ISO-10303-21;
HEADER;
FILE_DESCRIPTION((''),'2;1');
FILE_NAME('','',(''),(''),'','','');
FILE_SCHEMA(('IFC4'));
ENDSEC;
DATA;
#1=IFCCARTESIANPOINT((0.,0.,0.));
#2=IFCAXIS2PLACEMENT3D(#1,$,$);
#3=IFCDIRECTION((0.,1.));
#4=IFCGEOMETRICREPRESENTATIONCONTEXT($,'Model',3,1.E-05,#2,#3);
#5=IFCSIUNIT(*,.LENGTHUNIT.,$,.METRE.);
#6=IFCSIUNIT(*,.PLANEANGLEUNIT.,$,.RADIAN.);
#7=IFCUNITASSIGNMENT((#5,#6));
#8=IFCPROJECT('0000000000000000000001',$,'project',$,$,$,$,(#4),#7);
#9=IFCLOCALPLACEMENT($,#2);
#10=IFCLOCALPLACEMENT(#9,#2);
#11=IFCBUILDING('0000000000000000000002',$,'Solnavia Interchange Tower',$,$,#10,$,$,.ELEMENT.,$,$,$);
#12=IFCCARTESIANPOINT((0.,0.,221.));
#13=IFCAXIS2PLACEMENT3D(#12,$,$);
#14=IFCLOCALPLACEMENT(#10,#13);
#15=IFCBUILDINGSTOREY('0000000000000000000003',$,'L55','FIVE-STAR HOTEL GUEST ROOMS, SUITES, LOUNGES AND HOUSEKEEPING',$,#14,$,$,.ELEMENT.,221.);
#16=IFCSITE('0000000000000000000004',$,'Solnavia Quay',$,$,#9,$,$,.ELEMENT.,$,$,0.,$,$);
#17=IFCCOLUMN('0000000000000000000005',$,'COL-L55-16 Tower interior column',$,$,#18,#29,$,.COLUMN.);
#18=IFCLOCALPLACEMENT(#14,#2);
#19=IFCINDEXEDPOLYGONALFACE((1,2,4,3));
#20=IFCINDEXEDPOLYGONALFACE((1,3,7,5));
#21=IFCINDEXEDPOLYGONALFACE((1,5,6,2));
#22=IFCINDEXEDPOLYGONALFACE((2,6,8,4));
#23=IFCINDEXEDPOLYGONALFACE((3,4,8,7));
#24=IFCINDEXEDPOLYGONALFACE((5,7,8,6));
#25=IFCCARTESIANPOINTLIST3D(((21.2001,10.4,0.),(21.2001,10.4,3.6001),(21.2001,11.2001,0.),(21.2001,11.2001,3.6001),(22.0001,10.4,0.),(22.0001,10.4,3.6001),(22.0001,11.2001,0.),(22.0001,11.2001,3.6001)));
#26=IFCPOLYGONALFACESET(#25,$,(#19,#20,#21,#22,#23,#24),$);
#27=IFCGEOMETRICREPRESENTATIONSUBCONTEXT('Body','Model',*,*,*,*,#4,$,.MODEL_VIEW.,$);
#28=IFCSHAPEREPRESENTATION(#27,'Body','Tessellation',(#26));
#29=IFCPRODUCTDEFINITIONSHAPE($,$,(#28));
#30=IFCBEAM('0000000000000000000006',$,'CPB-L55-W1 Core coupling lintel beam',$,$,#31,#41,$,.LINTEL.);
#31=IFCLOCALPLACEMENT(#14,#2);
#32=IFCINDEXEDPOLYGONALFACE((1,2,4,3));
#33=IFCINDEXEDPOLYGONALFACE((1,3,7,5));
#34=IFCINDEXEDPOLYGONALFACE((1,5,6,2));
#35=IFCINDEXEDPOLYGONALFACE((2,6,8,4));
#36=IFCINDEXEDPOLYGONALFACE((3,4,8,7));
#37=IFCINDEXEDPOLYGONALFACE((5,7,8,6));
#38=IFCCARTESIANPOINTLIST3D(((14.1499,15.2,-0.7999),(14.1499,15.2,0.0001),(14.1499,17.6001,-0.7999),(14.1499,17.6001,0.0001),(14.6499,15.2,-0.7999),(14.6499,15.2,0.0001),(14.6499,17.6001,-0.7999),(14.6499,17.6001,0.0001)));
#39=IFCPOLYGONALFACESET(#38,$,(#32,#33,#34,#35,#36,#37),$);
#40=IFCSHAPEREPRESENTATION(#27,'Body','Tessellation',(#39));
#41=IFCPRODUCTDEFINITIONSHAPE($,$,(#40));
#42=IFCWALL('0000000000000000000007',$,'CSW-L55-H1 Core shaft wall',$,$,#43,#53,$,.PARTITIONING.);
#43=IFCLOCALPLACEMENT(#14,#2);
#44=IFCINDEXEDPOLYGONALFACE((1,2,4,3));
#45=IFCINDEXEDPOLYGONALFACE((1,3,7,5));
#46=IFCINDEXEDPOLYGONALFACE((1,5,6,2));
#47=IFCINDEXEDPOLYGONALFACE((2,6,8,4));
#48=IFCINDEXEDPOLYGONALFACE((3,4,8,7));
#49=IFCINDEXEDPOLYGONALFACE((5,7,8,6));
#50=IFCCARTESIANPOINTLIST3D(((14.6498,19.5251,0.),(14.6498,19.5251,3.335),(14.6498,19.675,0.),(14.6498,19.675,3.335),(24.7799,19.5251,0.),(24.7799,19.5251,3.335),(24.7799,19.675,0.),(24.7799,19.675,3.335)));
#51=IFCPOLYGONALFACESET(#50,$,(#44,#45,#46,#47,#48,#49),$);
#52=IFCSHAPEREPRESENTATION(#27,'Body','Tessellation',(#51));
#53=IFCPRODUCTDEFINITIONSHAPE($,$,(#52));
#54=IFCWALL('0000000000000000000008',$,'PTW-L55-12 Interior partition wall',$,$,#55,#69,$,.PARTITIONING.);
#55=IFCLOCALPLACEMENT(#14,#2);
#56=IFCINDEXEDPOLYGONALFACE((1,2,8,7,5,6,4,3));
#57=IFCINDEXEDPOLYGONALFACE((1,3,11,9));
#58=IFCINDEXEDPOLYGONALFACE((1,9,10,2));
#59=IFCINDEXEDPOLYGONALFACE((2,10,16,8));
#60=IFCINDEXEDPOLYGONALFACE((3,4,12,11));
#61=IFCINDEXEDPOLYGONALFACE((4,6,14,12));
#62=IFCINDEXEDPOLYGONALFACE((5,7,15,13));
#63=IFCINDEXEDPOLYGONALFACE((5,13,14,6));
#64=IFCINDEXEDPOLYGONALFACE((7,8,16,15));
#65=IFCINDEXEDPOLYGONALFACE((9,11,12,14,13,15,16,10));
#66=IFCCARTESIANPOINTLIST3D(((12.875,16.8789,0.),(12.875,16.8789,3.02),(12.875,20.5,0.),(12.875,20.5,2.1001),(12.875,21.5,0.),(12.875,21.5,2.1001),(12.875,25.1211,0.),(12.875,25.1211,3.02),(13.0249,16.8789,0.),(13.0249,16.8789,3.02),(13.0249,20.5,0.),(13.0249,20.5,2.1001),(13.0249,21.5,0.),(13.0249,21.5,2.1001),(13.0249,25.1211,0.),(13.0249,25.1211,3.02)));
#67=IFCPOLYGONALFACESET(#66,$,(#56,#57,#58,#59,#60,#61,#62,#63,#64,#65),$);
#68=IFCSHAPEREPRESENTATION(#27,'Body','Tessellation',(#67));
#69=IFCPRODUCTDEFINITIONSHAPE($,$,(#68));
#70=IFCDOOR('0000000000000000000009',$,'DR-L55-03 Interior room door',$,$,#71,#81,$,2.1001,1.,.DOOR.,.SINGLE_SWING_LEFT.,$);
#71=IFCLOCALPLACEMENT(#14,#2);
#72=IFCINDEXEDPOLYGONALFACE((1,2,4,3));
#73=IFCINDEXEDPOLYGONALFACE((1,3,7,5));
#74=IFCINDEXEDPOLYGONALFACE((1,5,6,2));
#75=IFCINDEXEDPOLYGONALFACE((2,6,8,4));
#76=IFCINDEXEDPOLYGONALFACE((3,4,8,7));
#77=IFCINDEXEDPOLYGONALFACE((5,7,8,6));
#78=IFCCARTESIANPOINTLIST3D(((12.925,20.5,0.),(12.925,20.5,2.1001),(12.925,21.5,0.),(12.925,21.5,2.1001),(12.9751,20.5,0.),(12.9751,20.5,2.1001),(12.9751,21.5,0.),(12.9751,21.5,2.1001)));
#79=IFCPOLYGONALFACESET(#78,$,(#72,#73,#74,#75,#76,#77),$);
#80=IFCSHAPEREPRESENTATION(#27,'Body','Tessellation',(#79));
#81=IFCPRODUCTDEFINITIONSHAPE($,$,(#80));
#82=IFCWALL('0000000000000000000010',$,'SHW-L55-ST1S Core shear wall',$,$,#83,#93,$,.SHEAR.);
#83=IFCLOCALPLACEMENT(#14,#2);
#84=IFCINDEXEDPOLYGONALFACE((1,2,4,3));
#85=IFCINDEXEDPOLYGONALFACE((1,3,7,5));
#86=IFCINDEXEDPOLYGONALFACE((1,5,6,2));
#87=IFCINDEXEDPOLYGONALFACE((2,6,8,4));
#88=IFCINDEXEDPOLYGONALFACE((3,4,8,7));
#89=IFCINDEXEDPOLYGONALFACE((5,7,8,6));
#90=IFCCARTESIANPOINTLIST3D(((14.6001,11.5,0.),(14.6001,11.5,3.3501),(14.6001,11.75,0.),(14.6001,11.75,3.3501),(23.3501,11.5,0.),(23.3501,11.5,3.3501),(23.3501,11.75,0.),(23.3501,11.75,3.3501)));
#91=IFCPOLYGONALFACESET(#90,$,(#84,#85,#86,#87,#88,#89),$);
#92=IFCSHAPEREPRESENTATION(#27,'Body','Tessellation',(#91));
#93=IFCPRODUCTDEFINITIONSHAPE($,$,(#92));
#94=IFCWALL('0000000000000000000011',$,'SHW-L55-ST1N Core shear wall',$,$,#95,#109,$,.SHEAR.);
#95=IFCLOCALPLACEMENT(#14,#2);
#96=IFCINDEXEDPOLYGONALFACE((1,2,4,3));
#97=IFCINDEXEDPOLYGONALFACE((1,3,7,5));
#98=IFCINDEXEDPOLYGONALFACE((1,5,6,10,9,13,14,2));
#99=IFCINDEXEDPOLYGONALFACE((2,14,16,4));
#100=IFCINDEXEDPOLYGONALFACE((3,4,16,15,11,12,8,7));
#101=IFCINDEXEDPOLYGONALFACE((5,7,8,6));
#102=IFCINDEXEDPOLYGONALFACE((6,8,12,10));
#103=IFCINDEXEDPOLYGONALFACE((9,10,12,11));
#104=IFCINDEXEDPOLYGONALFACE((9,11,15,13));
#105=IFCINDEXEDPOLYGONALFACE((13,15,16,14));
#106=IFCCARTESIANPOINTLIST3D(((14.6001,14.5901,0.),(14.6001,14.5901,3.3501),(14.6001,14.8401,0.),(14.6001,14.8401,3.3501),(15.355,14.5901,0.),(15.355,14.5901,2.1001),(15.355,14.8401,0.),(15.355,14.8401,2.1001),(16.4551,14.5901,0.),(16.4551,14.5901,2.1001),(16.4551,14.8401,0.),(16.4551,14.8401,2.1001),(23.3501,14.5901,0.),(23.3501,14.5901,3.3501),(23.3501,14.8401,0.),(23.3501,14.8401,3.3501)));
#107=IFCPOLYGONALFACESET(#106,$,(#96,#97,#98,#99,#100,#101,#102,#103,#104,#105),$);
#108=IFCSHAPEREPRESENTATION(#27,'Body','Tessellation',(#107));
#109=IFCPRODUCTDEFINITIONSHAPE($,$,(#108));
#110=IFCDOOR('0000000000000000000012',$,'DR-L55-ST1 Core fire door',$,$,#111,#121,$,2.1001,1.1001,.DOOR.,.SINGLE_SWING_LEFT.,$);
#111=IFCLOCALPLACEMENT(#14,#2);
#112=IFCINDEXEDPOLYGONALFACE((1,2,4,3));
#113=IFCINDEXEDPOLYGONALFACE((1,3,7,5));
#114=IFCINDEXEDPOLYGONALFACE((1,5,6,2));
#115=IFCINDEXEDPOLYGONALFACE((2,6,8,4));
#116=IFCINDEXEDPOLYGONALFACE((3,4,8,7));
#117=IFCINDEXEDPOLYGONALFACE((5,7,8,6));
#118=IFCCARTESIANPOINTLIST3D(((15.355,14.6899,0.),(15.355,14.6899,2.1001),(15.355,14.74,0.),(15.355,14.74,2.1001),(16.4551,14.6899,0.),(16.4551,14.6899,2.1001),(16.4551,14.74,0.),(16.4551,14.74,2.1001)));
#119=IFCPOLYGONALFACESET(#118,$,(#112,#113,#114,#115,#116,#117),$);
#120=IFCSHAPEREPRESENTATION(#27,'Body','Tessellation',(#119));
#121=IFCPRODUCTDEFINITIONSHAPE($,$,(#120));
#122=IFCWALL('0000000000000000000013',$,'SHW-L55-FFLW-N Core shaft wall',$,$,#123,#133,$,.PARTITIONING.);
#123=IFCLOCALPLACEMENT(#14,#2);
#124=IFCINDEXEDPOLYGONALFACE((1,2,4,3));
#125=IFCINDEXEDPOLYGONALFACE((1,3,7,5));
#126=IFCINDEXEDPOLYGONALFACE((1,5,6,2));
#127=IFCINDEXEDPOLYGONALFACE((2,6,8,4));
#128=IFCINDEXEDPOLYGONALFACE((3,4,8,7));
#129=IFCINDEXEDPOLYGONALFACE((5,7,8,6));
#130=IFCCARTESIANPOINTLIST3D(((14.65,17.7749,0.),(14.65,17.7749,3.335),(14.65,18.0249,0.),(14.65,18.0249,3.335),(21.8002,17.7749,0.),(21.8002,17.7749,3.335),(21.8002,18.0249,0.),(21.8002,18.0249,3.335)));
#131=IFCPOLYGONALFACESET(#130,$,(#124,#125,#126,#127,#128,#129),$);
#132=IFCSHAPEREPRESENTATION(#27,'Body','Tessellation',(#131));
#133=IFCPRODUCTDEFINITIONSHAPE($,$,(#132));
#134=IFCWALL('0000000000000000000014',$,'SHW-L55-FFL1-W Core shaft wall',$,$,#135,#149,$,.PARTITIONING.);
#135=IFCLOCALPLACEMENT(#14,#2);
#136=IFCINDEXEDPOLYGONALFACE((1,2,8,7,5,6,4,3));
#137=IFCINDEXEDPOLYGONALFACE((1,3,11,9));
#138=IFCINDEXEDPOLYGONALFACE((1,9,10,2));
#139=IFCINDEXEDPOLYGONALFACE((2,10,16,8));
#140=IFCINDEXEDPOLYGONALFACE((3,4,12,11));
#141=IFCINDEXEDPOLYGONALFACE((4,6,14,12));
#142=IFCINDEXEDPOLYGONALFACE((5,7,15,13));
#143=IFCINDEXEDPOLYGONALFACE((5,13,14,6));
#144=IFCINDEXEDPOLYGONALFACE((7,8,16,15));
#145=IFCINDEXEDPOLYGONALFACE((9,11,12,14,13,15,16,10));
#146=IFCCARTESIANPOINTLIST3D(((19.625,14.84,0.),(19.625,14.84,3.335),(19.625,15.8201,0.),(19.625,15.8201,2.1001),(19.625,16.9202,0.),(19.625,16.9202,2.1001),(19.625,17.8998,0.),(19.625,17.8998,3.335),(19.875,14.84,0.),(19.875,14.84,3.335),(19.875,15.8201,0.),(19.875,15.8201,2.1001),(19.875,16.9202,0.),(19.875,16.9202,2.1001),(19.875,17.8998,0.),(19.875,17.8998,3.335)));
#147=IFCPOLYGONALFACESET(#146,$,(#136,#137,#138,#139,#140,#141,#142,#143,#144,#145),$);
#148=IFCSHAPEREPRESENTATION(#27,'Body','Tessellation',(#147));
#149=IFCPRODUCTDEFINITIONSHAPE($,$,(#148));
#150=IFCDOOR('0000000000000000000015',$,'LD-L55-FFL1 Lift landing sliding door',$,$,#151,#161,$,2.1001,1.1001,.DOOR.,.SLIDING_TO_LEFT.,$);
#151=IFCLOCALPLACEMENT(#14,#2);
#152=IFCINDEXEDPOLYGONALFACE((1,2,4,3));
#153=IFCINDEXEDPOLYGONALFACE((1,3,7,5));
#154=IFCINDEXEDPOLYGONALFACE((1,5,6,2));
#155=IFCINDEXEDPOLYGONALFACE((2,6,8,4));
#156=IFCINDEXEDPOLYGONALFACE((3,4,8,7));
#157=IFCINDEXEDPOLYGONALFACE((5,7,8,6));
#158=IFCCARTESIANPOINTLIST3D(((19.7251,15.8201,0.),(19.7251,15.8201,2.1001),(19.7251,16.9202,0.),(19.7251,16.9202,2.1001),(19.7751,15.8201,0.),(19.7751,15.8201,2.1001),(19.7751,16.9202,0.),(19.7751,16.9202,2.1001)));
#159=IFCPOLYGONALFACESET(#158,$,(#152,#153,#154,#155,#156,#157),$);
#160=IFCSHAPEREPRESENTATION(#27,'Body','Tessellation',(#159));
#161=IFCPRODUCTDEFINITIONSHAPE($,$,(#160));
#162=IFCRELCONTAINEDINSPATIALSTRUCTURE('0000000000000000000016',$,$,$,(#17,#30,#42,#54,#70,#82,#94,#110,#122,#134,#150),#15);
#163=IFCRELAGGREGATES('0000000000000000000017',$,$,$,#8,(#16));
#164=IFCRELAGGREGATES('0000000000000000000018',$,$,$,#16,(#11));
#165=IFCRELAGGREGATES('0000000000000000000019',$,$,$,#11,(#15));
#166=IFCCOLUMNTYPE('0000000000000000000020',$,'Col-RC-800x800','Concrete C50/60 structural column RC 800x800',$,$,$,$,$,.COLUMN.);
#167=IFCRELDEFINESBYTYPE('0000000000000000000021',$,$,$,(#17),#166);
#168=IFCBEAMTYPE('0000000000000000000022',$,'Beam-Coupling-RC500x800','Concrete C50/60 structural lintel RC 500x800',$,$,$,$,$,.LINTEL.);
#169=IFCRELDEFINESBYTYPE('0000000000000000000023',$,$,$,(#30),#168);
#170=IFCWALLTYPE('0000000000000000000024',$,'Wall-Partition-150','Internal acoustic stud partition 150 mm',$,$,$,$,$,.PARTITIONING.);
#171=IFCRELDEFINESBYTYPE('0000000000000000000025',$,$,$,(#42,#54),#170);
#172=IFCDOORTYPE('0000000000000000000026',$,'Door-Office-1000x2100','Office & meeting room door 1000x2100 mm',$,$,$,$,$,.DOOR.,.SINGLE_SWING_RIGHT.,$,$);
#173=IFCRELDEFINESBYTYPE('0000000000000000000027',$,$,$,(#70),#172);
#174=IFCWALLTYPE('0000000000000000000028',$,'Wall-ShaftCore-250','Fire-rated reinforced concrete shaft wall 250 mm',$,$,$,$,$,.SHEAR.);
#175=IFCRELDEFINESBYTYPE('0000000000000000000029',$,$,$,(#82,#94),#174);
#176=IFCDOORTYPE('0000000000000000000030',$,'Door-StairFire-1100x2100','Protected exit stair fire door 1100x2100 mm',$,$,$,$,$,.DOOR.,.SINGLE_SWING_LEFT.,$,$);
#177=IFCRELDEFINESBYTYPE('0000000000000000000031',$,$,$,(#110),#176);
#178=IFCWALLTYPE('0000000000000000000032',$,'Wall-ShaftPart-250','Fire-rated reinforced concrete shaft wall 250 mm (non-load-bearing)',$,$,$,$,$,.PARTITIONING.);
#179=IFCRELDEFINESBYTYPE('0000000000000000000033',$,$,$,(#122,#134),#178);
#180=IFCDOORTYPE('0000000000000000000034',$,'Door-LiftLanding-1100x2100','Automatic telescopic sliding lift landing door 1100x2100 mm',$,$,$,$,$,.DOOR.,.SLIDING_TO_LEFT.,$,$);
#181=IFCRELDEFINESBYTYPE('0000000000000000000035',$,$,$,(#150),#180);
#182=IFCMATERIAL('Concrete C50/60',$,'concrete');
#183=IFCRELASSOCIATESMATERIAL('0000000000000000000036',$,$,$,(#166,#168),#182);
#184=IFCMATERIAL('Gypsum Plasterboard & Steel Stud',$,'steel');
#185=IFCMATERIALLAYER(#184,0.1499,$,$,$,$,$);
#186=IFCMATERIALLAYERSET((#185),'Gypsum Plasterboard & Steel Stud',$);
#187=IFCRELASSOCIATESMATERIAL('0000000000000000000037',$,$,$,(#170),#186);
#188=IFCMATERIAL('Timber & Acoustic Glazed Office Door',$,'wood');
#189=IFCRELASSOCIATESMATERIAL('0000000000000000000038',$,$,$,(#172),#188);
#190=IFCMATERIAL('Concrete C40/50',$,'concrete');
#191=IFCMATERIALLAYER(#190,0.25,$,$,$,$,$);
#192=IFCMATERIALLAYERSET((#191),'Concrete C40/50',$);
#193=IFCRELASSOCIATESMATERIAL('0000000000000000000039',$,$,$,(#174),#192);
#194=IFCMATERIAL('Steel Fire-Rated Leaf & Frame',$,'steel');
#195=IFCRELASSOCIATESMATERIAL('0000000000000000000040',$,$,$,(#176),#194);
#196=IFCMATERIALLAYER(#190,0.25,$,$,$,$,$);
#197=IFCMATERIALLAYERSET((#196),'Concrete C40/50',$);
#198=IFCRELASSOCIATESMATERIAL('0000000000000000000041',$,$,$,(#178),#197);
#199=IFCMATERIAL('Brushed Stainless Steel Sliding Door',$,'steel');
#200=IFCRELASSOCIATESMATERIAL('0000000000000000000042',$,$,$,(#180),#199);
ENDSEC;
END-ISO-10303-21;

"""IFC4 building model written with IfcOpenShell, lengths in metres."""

from ifc_helpers import new_model, si_unit, direction, frame, frame_2d, origin, origin_2d, place, context, subcontext, project, spatial, rectangle, extrude, material, layer, layer_set, material_profile, profile_set, type_object, element, fill, save


model = new_model("IFC4")

# Units and contexts
model_context = context("Model", 3, precision=1e-05, world=origin(), true_north=direction((0.0, 1.0)))
body_context = subcontext(model_context, "Body", "Model", "MODEL_VIEW")
ifc_project = project(units=[si_unit("LENGTHUNIT", "METRE"), si_unit("PLANEANGLEUNIT", "RADIAN")], contexts=[model_context])

# Site, building, storey
site_placement = place(None, origin())
site = spatial("IfcSite", under=ifc_project, at=site_placement, Name="Solnavia Quay", CompositionType="ELEMENT", RefElevation=0.0)
building_placement = place(site_placement, origin())
building = spatial("IfcBuilding", under=site, at=building_placement, Name="Solnavia Interchange Tower", CompositionType="ELEMENT")
storey_placement = place(building_placement, frame((0.0, 0.0, 221.0)))
storey = spatial("IfcBuildingStorey", under=building, at=storey_placement, Name="L55", Description="FIVE-STAR HOTEL GUEST ROOMS, SUITES, LOUNGES AND HOUSEKEEPING", CompositionType="ELEMENT", Elevation=221.0)

# Column
ifc_material_1 = material(Name="Concrete C50/60", Category="concrete")
ifc_material_profile_1 = material_profile(ifc_material_1, rectangle(XDim=0.8, YDim=0.8, at=origin_2d()), Name="RC 800x800")
ifc_profile_set_1 = profile_set([ifc_material_profile_1], Name="Concrete C50/60")
column_type = type_object("IfcColumnType", Name="Col-RC-800x800", Description="Concrete C50/60 structural column RC 800x800", PredefinedType="COLUMN", material=ifc_profile_set_1)
column_placement = place(storey_placement, frame((21.6001, 10.8, 0.0), z_axis=(0.0, 0.0, 1.0), x_axis=(1.0, 0.0, 0.0)))
element("IfcColumn", 1, at=column_placement, inside=storey, type_object=column_type, Name="COL-L55-16 Tower interior column", PredefinedType="COLUMN", context=body_context, shape_type="SweptSolid", body=[
    extrude(rectangle(XDim=0.8, YDim=0.8, at=origin_2d()), origin(), (0.0, 0.0, 1.0), 3.6001),
])

# Beam
ifc_material_profile_2 = material_profile(ifc_material_1, rectangle(XDim=0.5, YDim=0.8, at=origin_2d()), Name="RC 500x800")
ifc_profile_set_2 = profile_set([ifc_material_profile_2], Name="Concrete C50/60")
beam_type = type_object("IfcBeamType", Name="Beam-Coupling-RC500x800", Description="Concrete C50/60 structural lintel RC 500x800", PredefinedType="LINTEL", material=ifc_profile_set_2)
beam_placement = place(storey_placement, frame((14.3999, 15.2, -0.3999), z_axis=(0.0, 1.0, 0.0), x_axis=(-1.0, 0.0, 0.0)))
element("IfcBeam", 2, at=beam_placement, inside=storey, type_object=beam_type, Name="CPB-L55-W1 Core coupling lintel beam", PredefinedType="LINTEL", context=body_context, shape_type="SweptSolid", body=[
    extrude(rectangle(XDim=0.5, YDim=0.8, at=origin_2d()), origin(), (0.0, 0.0, 1.0), 2.4001),
])

# Wall
ifc_material_2 = material(Name="Gypsum Plasterboard & Steel Stud", Category="steel")
ifc_layer_1 = layer(ifc_material_2, 0.1499)
ifc_layer_set_1 = layer_set([ifc_layer_1], Name="Gypsum Plasterboard & Steel Stud")
wall_type_1 = type_object("IfcWallType", Name="Wall-Partition-150", Description="Internal acoustic stud partition 150 mm", PredefinedType="PARTITIONING", material=ifc_layer_set_1)
wall_1_placement = place(storey_placement, frame((14.6499, 19.6001, 0.0), z_axis=(0.0, 0.0, 1.0), x_axis=(1.0, 0.0, 0.0)))
element("IfcWall", 3, at=wall_1_placement, inside=storey, type_object=wall_type_1, Name="CSW-L55-H1 Core shaft wall", PredefinedType="PARTITIONING", context=body_context, shape_type="SweptSolid", body=[
    extrude(rectangle(XDim=10.1301, YDim=0.1499, at=frame_2d((5.0649, 0.0))), origin(), (0.0, 0.0, 1.0), 3.335),
])

# Wall, opening, door
wall_2_placement = place(storey_placement, frame((12.95, 16.8789, 0.0), z_axis=(0.0, 0.0, 1.0), x_axis=(0.0, 1.0, 0.0)))
wall_2 = element("IfcWall", 4, at=wall_2_placement, inside=storey, type_object=wall_type_1, Name="PTW-L55-12 Interior partition wall", PredefinedType="PARTITIONING", context=body_context, shape_type="SweptSolid", body=[
    extrude(rectangle(XDim=8.2422, YDim=0.1499, at=frame_2d((4.1211, 0.0))), origin(), (0.0, 0.0, 1.0), 3.02),
])
opening_1_placement = place(wall_2_placement, frame((3.6211, 0.0, 0.0)))
opening_1 = element("IfcOpeningElement", 5, at=opening_1_placement, cuts=wall_2, PredefinedType="OPENING", context=body_context, shape_type="SweptSolid", body=[
    extrude(rectangle(XDim=1.0, YDim=2.1001, at=frame_2d((0.5, 1.05))), frame((0.0, 0.085, 0.0), z_axis=(0.0, -1.0, 0.0), x_axis=(1.0, 0.0, 0.0)), (0.0, 0.0, 1.0), 0.1699),
])
ifc_material_3 = material(Name="Timber & Acoustic Glazed Office Door", Category="wood")
door_type_1 = type_object("IfcDoorType", Name="Door-Office-1000x2100", Description="Office & meeting room door 1000x2100 mm", OperationType="SINGLE_SWING_RIGHT", PredefinedType="DOOR", material=ifc_material_3)
door_1_placement = place(opening_1_placement, origin())
door_1 = element("IfcDoor", 6, at=door_1_placement, inside=storey, type_object=door_type_1, Name="DR-L55-03 Interior room door", OperationType="SINGLE_SWING_LEFT", OverallHeight=2.1001, OverallWidth=1.0, PredefinedType="DOOR", context=body_context, shape_type="SweptSolid", body=[
    extrude(rectangle(XDim=1.0, YDim=2.1001, at=frame_2d((0.5, 1.05))), frame((0.0, 0.0249, 0.0), z_axis=(0.0, -1.0, 0.0), x_axis=(1.0, 0.0, 0.0)), (0.0, 0.0, 1.0), 0.05),
])
fill(opening_1, door_1)

# Wall
ifc_material_4 = material(Name="Concrete C40/50", Category="concrete")
ifc_layer_2 = layer(ifc_material_4, 0.25)
ifc_layer_set_2 = layer_set([ifc_layer_2], Name="Concrete C40/50")
wall_type_2 = type_object("IfcWallType", Name="Wall-ShaftCore-250", Description="Fire-rated reinforced concrete shaft wall 250 mm", PredefinedType="SHEAR", material=ifc_layer_set_2)
wall_3_placement = place(storey_placement, frame((14.6001, 11.625, 0.0), z_axis=(0.0, 0.0, 1.0), x_axis=(1.0, 0.0, 0.0)))
element("IfcWall", 7, at=wall_3_placement, inside=storey, type_object=wall_type_2, Name="SHW-L55-ST1S Core shear wall", PredefinedType="SHEAR", context=body_context, shape_type="SweptSolid", body=[
    extrude(rectangle(XDim=8.75, YDim=0.25, at=frame_2d((4.375, 0.0))), origin(), (0.0, 0.0, 1.0), 3.3501),
])

# Wall, opening, door
wall_4_placement = place(storey_placement, frame((14.6001, 14.7151, 0.0), z_axis=(0.0, 0.0, 1.0), x_axis=(1.0, 0.0, 0.0)))
wall_4 = element("IfcWall", 8, at=wall_4_placement, inside=storey, type_object=wall_type_2, Name="SHW-L55-ST1N Core shear wall", PredefinedType="SHEAR", context=body_context, shape_type="SweptSolid", body=[
    extrude(rectangle(XDim=8.75, YDim=0.25, at=frame_2d((4.375, 0.0))), origin(), (0.0, 0.0, 1.0), 3.3501),
])
opening_2_placement = place(wall_4_placement, frame((0.7549, 0.0, 0.0)))
opening_2 = element("IfcOpeningElement", 9, at=opening_2_placement, cuts=wall_4, PredefinedType="OPENING", context=body_context, shape_type="SweptSolid", body=[
    extrude(rectangle(XDim=1.1001, YDim=2.1001, at=frame_2d((0.55, 1.05))), frame((0.0, 0.135, 0.0), z_axis=(0.0, -1.0, 0.0), x_axis=(1.0, 0.0, 0.0)), (0.0, 0.0, 1.0), 0.27),
])
ifc_material_5 = material(Name="Steel Fire-Rated Leaf & Frame", Category="steel")
door_type_2 = type_object("IfcDoorType", Name="Door-StairFire-1100x2100", Description="Protected exit stair fire door 1100x2100 mm", OperationType="SINGLE_SWING_LEFT", PredefinedType="DOOR", material=ifc_material_5)
door_2_placement = place(opening_2_placement, origin())
door_2 = element("IfcDoor", 10, at=door_2_placement, inside=storey, type_object=door_type_2, Name="DR-L55-ST1 Core fire door", OperationType="SINGLE_SWING_LEFT", OverallHeight=2.1001, OverallWidth=1.1001, PredefinedType="DOOR", context=body_context, shape_type="SweptSolid", body=[
    extrude(rectangle(XDim=1.1001, YDim=2.1001, at=frame_2d((0.55, 1.05))), frame((0.0, 0.0249, 0.0), z_axis=(0.0, -1.0, 0.0), x_axis=(1.0, 0.0, 0.0)), (0.0, 0.0, 1.0), 0.05),
])
fill(opening_2, door_2)

# Wall
ifc_layer_3 = layer(ifc_material_4, 0.25)
ifc_layer_set_3 = layer_set([ifc_layer_3], Name="Concrete C40/50")
wall_type_3 = type_object("IfcWallType", Name="Wall-ShaftPart-250", Description="Fire-rated reinforced concrete shaft wall 250 mm (non-load-bearing)", PredefinedType="PARTITIONING", material=ifc_layer_set_3)
wall_5_placement = place(storey_placement, frame((14.6499, 17.8999, 0.0), z_axis=(0.0, 0.0, 1.0), x_axis=(1.0, 0.0, 0.0)))
element("IfcWall", 11, at=wall_5_placement, inside=storey, type_object=wall_type_3, Name="SHW-L55-FFLW-N Core shaft wall", PredefinedType="PARTITIONING", context=body_context, shape_type="SweptSolid", body=[
    extrude(rectangle(XDim=7.1501, YDim=0.25, at=frame_2d((3.5752, 0.0))), origin(), (0.0, 0.0, 1.0), 3.335),
])

# Wall, opening, door
wall_6_placement = place(storey_placement, frame((19.75, 14.8401, 0.0), z_axis=(0.0, 0.0, 1.0), x_axis=(0.0, 1.0, 0.0)))
wall_6 = element("IfcWall", 12, at=wall_6_placement, inside=storey, type_object=wall_type_3, Name="SHW-L55-FFL1-W Core shaft wall", PredefinedType="PARTITIONING", context=body_context, shape_type="SweptSolid", body=[
    extrude(rectangle(XDim=3.0598, YDim=0.25, at=frame_2d((1.5298, 0.0))), origin(), (0.0, 0.0, 1.0), 3.335),
])
opening_3_placement = place(wall_6_placement, frame((0.98, 0.0, 0.0)))
opening_3 = element("IfcOpeningElement", 13, at=opening_3_placement, cuts=wall_6, PredefinedType="OPENING", context=body_context, shape_type="SweptSolid", body=[
    extrude(rectangle(XDim=1.1001, YDim=2.1001, at=frame_2d((0.55, 1.05))), frame((0.0, 0.135, 0.0), z_axis=(0.0, -1.0, 0.0), x_axis=(1.0, 0.0, 0.0)), (0.0, 0.0, 1.0), 0.27),
])
ifc_material_6 = material(Name="Brushed Stainless Steel Sliding Door", Category="steel")
door_type_3 = type_object("IfcDoorType", Name="Door-LiftLanding-1100x2100", Description="Automatic telescopic sliding lift landing door 1100x2100 mm", OperationType="SLIDING_TO_LEFT", PredefinedType="DOOR", material=ifc_material_6)
door_3_placement = place(opening_3_placement, origin())
door_3 = element("IfcDoor", 14, at=door_3_placement, inside=storey, type_object=door_type_3, Name="LD-L55-FFL1 Lift landing sliding door", OperationType="SLIDING_TO_LEFT", OverallHeight=2.1001, OverallWidth=1.1001, PredefinedType="DOOR", context=body_context, shape_type="SweptSolid", body=[
    extrude(rectangle(XDim=1.1001, YDim=2.1001, at=frame_2d((0.55, 1.05))), frame((0.0, 0.0249, 0.0), z_axis=(0.0, -1.0, 0.0), x_axis=(1.0, 0.0, 0.0)), (0.0, 0.0, 1.0), 0.05),
])
fill(opening_3, door_3)

save(model, "model.ifc")
